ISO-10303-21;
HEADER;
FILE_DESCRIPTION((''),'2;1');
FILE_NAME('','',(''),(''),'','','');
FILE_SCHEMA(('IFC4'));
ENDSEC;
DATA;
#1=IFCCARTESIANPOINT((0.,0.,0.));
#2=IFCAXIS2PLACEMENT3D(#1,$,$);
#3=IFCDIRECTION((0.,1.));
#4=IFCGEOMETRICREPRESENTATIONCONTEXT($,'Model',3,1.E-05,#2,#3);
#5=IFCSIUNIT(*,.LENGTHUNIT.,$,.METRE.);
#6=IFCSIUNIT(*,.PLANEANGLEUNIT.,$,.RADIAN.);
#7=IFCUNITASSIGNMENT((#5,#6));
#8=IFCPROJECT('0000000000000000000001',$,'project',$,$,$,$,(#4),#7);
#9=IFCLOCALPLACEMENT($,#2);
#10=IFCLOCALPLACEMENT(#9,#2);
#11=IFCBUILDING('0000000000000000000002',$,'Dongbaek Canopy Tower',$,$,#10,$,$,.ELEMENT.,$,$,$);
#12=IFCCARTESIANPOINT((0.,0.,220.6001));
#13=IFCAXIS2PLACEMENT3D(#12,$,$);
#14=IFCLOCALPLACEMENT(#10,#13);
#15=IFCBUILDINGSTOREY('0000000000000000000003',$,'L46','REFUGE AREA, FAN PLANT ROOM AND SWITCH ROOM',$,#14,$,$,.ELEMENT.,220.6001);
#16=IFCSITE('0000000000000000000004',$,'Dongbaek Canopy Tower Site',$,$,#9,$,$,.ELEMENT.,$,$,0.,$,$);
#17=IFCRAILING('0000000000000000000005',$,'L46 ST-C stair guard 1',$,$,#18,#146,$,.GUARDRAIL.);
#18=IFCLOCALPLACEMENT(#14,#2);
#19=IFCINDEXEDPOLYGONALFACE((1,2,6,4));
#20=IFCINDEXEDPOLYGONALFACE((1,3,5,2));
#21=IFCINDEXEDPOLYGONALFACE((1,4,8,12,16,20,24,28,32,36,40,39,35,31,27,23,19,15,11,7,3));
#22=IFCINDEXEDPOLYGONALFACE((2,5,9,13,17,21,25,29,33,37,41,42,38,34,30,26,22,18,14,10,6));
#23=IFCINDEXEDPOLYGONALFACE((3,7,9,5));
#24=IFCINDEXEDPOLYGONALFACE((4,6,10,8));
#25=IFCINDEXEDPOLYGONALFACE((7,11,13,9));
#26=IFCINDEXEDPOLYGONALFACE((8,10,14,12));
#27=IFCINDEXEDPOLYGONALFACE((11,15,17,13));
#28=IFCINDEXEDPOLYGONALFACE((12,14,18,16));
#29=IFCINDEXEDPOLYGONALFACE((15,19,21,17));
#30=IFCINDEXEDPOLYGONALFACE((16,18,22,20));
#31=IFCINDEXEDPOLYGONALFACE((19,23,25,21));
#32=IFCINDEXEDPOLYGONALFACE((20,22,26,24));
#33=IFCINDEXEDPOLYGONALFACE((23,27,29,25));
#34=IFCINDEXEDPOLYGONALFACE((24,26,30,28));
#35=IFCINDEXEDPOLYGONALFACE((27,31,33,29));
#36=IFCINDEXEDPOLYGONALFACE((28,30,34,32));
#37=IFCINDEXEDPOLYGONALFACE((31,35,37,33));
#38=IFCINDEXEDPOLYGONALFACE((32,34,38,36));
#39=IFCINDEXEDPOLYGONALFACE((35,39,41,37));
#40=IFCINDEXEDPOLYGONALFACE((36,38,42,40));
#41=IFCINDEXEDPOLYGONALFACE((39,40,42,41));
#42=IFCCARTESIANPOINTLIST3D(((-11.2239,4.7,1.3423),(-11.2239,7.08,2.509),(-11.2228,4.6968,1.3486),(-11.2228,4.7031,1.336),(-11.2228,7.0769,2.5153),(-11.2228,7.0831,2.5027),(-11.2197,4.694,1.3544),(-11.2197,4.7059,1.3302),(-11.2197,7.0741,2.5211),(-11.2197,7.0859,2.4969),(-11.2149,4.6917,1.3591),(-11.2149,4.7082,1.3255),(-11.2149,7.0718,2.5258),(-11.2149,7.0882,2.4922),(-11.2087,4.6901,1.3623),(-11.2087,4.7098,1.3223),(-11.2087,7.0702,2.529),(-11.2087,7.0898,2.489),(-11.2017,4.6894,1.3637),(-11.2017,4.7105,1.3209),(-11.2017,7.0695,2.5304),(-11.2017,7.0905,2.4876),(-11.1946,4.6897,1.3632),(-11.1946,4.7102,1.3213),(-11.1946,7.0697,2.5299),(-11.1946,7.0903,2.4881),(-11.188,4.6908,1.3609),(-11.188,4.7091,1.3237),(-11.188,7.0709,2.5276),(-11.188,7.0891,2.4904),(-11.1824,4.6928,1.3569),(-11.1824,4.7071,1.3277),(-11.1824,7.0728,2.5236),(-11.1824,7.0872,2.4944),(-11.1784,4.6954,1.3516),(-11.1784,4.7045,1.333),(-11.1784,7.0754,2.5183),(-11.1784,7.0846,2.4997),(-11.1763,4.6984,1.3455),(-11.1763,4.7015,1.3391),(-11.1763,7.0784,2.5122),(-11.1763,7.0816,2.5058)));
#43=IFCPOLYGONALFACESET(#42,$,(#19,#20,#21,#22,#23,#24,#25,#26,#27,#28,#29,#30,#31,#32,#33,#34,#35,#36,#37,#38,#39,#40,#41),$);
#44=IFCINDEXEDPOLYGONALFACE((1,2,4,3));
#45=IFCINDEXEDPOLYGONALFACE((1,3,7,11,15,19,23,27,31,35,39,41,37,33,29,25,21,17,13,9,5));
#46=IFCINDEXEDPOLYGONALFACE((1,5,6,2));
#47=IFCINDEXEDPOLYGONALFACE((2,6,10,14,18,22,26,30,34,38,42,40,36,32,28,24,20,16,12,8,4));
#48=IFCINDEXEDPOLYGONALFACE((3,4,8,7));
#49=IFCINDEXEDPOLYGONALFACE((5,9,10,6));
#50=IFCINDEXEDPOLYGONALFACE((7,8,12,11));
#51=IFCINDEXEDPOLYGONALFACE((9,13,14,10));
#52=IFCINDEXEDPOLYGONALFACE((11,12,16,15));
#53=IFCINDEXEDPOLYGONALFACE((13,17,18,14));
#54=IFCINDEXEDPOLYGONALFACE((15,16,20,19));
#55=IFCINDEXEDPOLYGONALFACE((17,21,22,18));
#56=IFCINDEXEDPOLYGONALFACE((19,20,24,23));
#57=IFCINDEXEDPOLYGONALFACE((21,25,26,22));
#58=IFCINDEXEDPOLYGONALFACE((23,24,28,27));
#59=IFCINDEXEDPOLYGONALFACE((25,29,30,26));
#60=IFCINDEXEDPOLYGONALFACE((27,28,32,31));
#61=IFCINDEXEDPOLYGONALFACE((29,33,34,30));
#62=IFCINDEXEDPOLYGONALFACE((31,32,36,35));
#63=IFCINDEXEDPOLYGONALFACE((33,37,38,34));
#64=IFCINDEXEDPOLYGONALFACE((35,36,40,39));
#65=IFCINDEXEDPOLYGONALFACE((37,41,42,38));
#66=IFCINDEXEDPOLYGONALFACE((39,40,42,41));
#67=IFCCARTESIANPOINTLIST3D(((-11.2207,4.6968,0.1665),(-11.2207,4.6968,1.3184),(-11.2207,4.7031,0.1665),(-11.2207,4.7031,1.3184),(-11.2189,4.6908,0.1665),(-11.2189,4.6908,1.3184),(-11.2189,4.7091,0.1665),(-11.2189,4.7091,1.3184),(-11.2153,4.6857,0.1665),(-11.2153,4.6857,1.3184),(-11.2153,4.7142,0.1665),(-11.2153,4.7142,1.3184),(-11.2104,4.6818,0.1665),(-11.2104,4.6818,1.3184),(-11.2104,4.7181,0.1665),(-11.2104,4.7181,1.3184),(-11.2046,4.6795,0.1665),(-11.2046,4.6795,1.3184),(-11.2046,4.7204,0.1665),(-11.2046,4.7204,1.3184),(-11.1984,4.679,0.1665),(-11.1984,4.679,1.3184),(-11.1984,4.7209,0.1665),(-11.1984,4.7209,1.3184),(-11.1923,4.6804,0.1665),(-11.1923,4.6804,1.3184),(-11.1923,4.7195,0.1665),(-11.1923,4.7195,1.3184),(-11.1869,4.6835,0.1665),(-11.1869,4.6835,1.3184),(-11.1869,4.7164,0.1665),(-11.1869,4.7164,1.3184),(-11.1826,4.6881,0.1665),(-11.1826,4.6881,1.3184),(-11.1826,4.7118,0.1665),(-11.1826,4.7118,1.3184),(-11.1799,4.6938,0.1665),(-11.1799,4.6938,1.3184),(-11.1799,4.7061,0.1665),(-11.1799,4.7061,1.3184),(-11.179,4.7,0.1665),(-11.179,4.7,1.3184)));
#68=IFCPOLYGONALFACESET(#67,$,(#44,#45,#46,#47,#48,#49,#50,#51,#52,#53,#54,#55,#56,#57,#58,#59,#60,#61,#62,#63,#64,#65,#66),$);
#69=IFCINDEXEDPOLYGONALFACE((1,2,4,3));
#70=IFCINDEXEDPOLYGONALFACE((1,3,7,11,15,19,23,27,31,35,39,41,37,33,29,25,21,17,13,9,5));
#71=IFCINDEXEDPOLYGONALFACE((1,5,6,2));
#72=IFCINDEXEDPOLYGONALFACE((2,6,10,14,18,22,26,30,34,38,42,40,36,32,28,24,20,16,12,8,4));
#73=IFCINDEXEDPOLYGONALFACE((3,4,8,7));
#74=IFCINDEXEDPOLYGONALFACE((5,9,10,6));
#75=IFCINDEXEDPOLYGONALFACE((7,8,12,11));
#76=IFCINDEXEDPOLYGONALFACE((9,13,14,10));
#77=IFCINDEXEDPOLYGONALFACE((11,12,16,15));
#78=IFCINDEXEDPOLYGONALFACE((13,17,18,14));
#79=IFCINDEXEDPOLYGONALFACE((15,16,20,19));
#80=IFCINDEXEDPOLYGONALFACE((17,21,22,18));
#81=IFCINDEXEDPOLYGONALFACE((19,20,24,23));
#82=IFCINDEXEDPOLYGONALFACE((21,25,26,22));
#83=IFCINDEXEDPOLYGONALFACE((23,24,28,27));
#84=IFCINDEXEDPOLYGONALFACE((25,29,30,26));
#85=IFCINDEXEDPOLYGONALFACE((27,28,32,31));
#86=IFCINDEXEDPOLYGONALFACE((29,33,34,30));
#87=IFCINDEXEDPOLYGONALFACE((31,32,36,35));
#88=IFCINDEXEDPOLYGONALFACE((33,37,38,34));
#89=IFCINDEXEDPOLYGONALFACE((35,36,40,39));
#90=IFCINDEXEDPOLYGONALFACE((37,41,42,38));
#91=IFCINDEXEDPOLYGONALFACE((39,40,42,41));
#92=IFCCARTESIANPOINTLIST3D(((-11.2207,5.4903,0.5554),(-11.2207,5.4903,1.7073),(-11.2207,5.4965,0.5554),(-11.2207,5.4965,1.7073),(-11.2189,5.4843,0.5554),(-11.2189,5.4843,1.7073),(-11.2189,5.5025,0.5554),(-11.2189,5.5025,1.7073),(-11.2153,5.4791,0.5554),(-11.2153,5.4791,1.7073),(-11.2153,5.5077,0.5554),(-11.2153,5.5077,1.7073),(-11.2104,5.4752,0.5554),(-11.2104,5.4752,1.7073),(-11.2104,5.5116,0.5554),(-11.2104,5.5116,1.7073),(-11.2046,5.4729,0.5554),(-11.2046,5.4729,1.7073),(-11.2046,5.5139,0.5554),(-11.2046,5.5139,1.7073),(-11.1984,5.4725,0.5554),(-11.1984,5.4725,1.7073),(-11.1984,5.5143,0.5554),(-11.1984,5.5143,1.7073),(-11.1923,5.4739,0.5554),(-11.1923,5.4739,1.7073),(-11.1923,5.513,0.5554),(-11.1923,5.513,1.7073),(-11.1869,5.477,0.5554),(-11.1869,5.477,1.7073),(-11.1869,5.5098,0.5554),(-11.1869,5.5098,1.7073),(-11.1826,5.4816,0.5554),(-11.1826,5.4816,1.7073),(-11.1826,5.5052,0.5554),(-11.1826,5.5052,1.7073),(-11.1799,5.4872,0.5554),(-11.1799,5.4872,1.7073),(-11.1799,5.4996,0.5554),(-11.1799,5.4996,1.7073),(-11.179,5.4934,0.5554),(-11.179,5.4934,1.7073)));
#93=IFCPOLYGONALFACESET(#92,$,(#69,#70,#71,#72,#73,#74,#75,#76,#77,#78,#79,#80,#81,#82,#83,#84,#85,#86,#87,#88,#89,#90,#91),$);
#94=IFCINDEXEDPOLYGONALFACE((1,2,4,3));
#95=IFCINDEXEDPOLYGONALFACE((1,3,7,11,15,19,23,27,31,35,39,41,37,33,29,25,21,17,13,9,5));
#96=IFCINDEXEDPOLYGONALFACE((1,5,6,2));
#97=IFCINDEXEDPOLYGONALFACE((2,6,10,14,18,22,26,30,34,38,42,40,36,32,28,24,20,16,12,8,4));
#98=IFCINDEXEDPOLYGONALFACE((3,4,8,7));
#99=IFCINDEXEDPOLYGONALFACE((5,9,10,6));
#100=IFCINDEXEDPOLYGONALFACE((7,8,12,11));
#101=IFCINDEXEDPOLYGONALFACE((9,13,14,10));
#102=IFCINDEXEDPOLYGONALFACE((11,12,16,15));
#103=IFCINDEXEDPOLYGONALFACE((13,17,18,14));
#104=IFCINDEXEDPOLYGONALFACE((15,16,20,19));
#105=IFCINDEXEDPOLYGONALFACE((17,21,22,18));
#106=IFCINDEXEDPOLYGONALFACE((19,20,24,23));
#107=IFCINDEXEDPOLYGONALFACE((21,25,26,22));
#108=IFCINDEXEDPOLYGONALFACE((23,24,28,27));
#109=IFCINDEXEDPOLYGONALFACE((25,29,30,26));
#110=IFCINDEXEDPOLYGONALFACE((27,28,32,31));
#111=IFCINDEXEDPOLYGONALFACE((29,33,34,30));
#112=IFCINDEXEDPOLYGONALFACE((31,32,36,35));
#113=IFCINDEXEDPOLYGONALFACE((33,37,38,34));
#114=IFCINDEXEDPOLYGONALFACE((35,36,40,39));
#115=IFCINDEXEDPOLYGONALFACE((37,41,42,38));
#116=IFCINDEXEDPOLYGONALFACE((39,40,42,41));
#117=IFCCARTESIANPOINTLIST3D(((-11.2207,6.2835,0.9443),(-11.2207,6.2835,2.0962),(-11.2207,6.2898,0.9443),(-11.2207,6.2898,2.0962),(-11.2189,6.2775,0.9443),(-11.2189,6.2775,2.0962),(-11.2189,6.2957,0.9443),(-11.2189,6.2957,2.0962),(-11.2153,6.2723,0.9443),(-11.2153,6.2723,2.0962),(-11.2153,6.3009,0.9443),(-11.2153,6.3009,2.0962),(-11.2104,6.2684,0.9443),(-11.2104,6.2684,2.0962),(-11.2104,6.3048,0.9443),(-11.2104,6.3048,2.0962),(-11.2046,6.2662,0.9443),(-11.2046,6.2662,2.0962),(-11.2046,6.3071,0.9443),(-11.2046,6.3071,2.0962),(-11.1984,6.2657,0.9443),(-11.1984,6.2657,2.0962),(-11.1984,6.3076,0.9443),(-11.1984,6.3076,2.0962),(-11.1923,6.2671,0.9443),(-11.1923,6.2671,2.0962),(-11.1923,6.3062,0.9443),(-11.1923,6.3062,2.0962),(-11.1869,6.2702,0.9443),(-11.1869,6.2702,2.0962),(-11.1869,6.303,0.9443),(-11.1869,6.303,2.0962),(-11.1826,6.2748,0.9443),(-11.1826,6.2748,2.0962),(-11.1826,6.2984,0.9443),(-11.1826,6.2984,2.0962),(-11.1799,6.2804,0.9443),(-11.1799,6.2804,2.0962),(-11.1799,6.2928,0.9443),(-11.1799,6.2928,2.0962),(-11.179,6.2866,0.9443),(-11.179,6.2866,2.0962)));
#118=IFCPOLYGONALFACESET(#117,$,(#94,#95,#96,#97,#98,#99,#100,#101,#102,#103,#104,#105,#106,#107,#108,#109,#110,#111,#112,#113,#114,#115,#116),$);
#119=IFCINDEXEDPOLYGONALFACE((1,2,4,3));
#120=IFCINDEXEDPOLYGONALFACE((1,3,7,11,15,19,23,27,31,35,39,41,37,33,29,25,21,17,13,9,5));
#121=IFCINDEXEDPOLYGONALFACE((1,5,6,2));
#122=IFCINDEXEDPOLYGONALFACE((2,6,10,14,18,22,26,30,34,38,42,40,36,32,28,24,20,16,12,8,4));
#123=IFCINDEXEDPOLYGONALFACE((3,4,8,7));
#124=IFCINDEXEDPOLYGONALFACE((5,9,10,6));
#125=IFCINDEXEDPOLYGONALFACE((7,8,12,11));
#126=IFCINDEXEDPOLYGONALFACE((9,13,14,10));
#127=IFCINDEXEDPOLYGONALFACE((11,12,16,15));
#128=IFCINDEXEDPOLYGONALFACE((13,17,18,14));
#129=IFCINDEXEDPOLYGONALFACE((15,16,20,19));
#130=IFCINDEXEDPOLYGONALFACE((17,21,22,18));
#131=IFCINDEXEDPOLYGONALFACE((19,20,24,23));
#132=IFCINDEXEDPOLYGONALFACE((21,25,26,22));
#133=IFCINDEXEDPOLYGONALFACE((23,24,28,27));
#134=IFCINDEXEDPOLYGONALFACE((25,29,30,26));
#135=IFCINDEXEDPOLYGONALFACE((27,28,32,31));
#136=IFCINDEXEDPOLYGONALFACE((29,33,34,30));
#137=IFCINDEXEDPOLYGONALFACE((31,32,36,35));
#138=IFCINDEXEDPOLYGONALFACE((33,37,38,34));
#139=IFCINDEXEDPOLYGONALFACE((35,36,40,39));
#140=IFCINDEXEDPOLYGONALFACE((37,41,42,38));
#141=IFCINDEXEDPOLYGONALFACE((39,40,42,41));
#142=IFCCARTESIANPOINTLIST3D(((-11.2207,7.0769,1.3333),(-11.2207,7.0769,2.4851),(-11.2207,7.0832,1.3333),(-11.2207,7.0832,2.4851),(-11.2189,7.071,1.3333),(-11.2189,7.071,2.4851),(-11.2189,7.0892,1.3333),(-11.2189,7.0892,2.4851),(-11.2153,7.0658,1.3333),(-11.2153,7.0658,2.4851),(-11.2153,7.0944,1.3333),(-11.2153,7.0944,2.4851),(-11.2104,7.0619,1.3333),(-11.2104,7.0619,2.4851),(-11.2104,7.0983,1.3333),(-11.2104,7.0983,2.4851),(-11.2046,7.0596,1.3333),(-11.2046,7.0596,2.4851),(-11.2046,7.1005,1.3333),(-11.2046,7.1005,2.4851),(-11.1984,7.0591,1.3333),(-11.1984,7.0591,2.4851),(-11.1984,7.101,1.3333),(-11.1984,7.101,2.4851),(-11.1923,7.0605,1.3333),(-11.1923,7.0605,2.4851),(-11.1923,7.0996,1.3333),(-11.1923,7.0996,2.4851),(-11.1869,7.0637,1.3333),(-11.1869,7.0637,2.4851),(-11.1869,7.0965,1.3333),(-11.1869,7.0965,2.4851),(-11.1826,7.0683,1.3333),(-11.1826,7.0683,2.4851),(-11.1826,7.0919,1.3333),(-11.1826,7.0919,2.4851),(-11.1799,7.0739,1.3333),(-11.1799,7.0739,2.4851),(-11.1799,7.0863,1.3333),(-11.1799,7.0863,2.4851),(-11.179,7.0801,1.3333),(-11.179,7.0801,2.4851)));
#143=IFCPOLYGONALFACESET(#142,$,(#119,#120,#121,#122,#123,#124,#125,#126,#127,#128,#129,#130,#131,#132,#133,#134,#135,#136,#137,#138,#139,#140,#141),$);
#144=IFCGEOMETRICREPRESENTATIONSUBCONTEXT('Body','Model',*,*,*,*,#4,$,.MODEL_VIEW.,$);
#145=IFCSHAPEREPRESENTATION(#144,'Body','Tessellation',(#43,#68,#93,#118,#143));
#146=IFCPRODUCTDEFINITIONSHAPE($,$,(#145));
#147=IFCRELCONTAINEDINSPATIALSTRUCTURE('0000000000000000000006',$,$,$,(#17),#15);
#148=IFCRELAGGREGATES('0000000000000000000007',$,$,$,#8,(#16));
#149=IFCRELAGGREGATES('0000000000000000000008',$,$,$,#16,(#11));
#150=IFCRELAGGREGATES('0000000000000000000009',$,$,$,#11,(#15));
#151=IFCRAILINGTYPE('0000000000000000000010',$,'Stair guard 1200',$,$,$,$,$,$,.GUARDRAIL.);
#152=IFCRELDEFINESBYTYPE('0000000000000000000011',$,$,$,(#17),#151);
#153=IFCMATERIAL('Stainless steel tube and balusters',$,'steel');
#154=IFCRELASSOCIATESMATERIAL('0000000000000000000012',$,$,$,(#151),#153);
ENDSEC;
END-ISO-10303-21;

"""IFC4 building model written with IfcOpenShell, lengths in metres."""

from ifc_helpers import new_model, si_unit, direction, frame, origin, origin_2d, place, context, subcontext, project, spatial, circle, extrude, material, type_object, element, save


model = new_model("IFC4")

# Units and contexts
model_context = context("Model", 3, precision=1e-05, world=origin(), true_north=direction((0.0, 1.0)))
body_context = subcontext(model_context, "Body", "Model", "MODEL_VIEW")
ifc_project = project(units=[si_unit("LENGTHUNIT", "METRE"), si_unit("PLANEANGLEUNIT", "RADIAN")], contexts=[model_context])

# Site, building, storey
site_placement = place(None, origin())
site = spatial("IfcSite", under=ifc_project, at=site_placement, Name="Dongbaek Canopy Tower Site", CompositionType="ELEMENT", RefElevation=0.0)
building_placement = place(site_placement, origin())
building = spatial("IfcBuilding", under=site, at=building_placement, Name="Dongbaek Canopy Tower", CompositionType="ELEMENT")
storey_placement = place(building_placement, frame((0.0, 0.0, 220.6001)))
storey = spatial("IfcBuildingStorey", under=building, at=storey_placement, Name="L46", Description="REFUGE AREA, FAN PLANT ROOM AND SWITCH ROOM", CompositionType="ELEMENT", Elevation=220.6001)

# Railing
ifc_material_1 = material(Name="Stainless steel tube and balusters", Category="steel")
railing_type = type_object("IfcRailingType", Name="Stair guard 1200", PredefinedType="GUARDRAIL", material=ifc_material_1)
railing_1_placement = place(storey_placement, frame((-11.2, 4.7, 0.1665)))
element("IfcRailing", 1, at=railing_1_placement, inside=storey, type_object=railing_type, Name="L46 ST-C stair guard 1", PredefinedType="GUARDRAIL", context=body_context, shape_type="SweptSolid", body=[
    extrude(circle(Radius=0.0239, at=origin_2d()), frame((0.0, 0.0, 1.1758), z_axis=(0.0, 0.897918, 0.440163), x_axis=(-1.0, 0.0, 0.0)), (0.0, 0.0, 1.0), 2.6506),
    extrude(circle(Radius=0.021, at=origin_2d()), origin(), (0.0, 0.0, 1.0), 1.1519),
    extrude(circle(Radius=0.021, at=origin_2d()), frame((0.0, 0.7935, 0.3889)), (0.0, 0.0, 1.0), 1.1519),
    extrude(circle(Radius=0.021, at=origin_2d()), frame((0.0, 1.5867, 0.7778)), (0.0, 0.0, 1.0), 1.1519),
    extrude(circle(Radius=0.021, at=origin_2d()), frame((0.0, 2.3801, 1.1667)), (0.0, 0.0, 1.0), 1.1519),
])

save(model, "model.ifc")
